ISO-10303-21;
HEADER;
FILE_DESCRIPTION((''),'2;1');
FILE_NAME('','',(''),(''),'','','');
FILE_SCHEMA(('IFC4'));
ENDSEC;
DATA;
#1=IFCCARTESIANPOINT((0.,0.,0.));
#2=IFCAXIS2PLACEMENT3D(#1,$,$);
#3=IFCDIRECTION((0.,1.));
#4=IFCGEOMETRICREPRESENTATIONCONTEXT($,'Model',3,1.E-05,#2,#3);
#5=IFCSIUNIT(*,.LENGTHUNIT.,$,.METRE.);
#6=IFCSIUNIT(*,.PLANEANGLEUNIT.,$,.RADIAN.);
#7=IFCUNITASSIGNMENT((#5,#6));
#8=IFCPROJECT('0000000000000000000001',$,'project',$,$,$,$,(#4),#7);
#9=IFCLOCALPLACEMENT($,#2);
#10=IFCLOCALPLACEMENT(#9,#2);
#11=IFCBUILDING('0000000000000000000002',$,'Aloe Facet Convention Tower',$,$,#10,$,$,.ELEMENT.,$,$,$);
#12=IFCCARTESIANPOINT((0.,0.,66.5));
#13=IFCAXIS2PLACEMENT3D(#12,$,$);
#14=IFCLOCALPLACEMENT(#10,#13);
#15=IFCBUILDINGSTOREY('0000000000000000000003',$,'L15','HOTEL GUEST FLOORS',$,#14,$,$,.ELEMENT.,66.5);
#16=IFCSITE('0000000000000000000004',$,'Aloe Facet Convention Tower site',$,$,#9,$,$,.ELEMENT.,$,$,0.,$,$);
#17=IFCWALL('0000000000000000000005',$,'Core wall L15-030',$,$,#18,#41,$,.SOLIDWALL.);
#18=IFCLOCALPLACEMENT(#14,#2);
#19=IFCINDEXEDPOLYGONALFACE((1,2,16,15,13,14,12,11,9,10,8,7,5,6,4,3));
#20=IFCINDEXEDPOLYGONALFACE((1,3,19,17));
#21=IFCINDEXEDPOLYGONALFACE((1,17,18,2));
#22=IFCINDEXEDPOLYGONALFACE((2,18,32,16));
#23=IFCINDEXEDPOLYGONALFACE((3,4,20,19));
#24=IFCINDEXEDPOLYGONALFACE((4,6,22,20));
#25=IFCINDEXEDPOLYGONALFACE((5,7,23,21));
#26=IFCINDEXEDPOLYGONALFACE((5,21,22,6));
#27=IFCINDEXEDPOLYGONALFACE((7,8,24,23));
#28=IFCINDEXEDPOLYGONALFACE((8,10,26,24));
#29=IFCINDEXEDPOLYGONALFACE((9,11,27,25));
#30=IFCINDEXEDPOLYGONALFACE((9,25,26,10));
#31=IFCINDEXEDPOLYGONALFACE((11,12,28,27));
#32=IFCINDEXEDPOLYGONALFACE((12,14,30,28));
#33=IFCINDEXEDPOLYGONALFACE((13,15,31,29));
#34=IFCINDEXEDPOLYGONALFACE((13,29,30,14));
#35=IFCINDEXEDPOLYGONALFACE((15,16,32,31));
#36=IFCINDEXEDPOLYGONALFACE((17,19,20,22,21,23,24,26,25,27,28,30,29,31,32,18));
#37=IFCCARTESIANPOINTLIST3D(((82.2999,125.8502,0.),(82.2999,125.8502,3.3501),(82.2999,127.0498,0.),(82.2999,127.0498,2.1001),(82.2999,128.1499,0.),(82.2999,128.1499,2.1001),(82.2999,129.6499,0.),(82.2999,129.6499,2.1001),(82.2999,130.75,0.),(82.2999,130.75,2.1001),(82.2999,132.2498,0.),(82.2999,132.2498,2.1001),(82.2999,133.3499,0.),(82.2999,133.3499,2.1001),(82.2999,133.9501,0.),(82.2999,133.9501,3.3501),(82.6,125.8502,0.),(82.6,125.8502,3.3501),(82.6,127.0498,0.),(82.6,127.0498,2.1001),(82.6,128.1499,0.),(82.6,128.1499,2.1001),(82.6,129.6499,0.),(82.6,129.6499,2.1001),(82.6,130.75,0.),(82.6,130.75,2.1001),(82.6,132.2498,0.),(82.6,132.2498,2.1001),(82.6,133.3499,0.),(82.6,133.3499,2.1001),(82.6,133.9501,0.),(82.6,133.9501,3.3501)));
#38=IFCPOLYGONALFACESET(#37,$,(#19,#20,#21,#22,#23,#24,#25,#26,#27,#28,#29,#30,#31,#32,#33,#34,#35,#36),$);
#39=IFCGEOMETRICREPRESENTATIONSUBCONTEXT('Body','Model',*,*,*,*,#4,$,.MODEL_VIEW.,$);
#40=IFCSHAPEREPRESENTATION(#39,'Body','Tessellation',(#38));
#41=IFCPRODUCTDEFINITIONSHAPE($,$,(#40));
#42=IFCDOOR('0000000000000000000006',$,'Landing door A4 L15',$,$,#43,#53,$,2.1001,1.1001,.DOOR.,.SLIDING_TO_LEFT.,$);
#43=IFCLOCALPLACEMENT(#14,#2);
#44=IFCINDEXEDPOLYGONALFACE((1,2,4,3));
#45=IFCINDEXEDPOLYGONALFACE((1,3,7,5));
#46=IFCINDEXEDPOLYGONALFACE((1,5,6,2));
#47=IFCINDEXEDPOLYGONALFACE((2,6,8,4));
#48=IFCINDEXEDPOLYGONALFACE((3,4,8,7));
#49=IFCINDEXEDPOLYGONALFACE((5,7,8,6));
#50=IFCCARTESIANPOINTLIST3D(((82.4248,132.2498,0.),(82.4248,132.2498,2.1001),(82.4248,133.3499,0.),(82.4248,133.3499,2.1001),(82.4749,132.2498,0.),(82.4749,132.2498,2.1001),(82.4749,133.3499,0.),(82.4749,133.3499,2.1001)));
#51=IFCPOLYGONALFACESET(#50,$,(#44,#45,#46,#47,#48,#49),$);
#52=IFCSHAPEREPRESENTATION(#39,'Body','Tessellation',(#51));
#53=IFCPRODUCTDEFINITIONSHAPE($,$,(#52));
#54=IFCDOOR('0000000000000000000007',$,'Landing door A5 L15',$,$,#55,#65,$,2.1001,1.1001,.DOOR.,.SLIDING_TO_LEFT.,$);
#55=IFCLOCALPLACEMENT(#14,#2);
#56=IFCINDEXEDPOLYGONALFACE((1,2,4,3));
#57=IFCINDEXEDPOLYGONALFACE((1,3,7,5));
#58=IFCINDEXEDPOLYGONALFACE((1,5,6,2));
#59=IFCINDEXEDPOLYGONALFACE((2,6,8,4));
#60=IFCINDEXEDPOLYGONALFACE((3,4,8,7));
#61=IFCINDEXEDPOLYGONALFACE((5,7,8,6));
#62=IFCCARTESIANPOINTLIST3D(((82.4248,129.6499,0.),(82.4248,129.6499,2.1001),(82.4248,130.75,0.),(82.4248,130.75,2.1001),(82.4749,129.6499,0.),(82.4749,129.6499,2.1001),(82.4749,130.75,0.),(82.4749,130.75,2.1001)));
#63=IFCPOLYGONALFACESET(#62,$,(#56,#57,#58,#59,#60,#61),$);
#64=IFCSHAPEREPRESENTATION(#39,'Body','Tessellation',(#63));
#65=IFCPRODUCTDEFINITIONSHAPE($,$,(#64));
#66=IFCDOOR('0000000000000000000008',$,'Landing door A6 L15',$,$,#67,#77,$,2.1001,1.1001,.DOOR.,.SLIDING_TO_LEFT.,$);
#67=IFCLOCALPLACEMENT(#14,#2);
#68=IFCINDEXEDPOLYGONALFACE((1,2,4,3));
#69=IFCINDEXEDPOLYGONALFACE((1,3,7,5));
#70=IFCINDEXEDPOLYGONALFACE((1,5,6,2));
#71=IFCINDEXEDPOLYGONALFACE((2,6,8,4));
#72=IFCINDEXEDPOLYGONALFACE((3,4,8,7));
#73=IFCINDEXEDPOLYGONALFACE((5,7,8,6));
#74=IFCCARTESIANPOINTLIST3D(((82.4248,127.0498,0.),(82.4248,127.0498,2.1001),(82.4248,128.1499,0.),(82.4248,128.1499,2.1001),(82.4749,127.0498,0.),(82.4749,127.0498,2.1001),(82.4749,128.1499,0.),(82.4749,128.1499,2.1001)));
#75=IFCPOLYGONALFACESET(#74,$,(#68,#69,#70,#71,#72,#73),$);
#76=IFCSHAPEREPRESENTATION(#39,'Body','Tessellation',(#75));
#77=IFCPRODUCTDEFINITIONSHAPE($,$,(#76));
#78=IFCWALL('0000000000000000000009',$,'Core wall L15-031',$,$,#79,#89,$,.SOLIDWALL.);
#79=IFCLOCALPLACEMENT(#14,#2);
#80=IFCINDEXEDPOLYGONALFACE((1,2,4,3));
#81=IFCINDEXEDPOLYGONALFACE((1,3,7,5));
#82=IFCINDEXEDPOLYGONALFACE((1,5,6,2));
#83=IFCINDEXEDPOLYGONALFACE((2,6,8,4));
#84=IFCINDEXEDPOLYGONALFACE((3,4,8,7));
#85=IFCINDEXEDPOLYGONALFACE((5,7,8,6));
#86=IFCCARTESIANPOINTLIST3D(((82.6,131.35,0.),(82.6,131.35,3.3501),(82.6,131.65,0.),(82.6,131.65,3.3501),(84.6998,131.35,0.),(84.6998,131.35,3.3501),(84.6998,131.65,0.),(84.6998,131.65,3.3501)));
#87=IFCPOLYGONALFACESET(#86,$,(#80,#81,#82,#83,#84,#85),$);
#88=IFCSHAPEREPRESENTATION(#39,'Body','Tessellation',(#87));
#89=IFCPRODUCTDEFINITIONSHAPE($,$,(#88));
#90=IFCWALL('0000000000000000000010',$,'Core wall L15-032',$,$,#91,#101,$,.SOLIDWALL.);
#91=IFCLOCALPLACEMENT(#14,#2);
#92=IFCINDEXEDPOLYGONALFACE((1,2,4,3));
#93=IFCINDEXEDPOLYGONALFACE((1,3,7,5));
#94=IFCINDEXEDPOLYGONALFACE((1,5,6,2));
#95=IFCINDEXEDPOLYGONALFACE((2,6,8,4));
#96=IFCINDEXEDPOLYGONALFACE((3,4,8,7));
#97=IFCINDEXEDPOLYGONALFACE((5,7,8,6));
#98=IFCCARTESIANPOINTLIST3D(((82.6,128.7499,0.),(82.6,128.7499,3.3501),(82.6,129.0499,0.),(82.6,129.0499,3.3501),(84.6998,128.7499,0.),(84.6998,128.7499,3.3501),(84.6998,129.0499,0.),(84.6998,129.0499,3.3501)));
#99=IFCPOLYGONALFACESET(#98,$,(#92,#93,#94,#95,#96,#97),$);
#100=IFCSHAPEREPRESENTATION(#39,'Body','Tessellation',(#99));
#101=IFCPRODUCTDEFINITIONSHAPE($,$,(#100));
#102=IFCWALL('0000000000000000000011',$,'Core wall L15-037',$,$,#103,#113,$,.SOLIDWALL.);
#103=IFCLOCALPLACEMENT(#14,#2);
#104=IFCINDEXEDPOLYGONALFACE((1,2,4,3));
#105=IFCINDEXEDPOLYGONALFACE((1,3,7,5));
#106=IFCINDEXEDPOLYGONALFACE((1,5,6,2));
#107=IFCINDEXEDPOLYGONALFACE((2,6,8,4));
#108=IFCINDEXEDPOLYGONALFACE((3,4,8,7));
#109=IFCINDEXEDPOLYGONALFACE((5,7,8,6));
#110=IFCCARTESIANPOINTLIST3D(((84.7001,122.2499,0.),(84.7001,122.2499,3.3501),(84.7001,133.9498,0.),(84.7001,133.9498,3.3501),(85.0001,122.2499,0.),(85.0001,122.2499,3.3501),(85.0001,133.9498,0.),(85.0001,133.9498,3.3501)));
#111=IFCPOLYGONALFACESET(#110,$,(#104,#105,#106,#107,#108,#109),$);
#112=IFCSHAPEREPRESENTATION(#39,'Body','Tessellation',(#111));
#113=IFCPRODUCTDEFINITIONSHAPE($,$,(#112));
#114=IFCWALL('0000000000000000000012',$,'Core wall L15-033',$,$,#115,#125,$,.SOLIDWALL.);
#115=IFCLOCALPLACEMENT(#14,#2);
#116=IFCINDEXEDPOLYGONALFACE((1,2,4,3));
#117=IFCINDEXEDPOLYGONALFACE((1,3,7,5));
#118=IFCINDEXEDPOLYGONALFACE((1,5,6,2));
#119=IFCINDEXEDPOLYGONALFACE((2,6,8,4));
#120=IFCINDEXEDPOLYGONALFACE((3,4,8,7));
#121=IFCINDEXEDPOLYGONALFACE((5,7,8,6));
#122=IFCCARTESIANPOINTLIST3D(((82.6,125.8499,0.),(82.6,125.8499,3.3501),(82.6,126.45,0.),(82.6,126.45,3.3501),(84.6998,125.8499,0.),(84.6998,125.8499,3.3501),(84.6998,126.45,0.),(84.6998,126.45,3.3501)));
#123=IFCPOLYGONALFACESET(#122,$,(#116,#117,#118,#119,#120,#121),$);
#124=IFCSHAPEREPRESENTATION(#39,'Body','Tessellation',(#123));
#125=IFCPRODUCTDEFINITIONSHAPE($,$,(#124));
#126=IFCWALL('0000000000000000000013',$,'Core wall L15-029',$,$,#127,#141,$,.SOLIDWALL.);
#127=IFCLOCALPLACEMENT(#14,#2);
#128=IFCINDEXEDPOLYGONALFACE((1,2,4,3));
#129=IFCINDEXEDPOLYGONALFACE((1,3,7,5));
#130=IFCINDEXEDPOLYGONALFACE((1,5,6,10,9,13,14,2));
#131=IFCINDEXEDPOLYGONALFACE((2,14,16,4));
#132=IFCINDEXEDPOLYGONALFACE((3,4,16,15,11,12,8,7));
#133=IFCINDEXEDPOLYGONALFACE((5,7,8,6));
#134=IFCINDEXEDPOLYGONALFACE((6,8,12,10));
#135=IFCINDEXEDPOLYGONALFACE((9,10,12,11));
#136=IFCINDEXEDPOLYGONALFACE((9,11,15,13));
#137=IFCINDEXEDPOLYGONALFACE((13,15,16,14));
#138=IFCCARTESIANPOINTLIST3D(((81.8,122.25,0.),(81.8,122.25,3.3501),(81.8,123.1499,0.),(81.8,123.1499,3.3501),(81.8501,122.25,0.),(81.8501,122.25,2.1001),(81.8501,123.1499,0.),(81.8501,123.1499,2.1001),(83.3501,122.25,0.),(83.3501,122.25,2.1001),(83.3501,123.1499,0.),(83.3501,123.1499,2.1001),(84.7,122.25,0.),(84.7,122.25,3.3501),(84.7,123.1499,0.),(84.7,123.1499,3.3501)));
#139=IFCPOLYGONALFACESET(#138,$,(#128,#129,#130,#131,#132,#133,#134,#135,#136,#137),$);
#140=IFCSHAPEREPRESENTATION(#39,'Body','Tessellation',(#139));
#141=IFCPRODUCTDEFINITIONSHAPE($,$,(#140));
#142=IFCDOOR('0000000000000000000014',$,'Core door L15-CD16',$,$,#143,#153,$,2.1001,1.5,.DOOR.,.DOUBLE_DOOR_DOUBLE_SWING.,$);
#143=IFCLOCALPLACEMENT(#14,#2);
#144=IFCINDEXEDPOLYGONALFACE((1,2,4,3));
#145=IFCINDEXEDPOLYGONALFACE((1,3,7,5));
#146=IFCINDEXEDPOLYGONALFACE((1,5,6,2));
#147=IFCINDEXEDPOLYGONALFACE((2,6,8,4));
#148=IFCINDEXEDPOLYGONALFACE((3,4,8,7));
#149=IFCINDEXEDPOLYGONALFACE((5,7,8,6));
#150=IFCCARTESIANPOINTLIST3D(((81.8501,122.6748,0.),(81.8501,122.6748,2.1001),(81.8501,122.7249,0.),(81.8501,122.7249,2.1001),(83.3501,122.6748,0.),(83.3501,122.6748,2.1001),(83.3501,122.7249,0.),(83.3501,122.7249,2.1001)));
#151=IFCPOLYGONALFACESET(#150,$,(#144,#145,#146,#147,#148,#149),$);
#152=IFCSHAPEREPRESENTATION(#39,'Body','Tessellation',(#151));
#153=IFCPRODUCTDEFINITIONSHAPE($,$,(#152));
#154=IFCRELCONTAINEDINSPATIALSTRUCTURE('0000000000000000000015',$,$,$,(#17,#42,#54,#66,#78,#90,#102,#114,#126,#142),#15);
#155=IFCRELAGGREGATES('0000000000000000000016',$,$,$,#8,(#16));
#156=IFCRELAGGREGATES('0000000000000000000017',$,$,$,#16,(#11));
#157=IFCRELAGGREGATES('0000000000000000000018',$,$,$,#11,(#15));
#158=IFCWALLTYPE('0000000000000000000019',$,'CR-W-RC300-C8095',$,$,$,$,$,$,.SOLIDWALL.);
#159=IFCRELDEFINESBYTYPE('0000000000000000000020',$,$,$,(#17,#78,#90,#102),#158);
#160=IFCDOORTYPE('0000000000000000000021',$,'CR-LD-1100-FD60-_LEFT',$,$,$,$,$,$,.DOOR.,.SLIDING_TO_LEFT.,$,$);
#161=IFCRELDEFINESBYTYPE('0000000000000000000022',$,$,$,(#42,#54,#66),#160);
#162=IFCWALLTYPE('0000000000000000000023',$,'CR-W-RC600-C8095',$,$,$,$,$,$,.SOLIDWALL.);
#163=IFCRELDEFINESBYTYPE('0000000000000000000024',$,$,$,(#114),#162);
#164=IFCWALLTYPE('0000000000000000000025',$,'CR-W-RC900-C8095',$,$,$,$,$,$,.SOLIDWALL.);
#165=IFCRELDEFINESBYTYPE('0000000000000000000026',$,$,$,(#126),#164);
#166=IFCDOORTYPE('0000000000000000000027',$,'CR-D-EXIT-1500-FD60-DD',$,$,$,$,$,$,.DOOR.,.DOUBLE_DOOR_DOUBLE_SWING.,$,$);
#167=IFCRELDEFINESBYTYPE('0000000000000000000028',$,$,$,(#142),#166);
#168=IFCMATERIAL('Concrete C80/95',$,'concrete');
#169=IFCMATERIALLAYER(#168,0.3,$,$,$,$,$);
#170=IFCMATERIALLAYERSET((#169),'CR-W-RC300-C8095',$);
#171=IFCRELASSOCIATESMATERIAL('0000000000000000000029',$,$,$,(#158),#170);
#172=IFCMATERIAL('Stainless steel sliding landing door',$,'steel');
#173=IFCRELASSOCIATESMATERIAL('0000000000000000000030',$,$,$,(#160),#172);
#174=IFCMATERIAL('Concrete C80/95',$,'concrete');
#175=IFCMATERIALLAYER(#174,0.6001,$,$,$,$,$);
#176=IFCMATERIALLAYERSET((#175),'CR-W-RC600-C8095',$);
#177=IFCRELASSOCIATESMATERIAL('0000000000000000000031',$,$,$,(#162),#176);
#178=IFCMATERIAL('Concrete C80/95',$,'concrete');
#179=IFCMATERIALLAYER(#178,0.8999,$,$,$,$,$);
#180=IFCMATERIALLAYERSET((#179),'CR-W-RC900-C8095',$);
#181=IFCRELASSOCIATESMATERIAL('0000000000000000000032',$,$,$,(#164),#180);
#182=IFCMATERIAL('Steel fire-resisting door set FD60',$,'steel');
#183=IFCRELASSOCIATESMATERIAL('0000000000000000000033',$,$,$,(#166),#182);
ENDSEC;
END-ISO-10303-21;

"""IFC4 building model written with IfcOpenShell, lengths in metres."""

from ifc_helpers import new_model, si_unit, direction, frame, frame_2d, origin, place, context, subcontext, project, spatial, rectangle, extrude, material, layer, layer_set, type_object, element, fill, save


model = new_model("IFC4")

# Units and contexts
model_context = context("Model", 3, precision=1e-05, world=origin(), true_north=direction((0.0, 1.0)))
body_context = subcontext(model_context, "Body", "Model", "MODEL_VIEW")
ifc_project = project(units=[si_unit("LENGTHUNIT", "METRE"), si_unit("PLANEANGLEUNIT", "RADIAN")], contexts=[model_context])

# Site, building, storey
site_placement = place(None, origin())
site = spatial("IfcSite", under=ifc_project, at=site_placement, Name="Aloe Facet Convention Tower site", CompositionType="ELEMENT", RefElevation=0.0)
building_placement = place(site_placement, origin())
building = spatial("IfcBuilding", under=site, at=building_placement, Name="Aloe Facet Convention Tower", CompositionType="ELEMENT")
storey_placement = place(building_placement, frame((0.0, 0.0, 66.5)))
storey = spatial("IfcBuildingStorey", under=building, at=storey_placement, Name="L15", Description="HOTEL GUEST FLOORS", CompositionType="ELEMENT", Elevation=66.5)

# Shared definitions
ifc_material_1 = material(Name="Concrete C80/95", Category="concrete")
ifc_layer_1 = layer(ifc_material_1, 0.3)
ifc_layer_set_1 = layer_set([ifc_layer_1], Name="CR-W-RC300-C8095")
wall_type_1 = type_object("IfcWallType", Name="CR-W-RC300-C8095", PredefinedType="SOLIDWALL", material=ifc_layer_set_1)

# Wall, openings, doors
wall_1_placement = place(storey_placement, frame((82.45, 133.95, 0.0), z_axis=(0.0, 0.0, 1.0), x_axis=(0.0, -1.0, 0.0)))
wall_1 = element("IfcWall", 1, at=wall_1_placement, inside=storey, type_object=wall_type_1, Name="Core wall L15-030", PredefinedType="SOLIDWALL", context=body_context, shape_type="SweptSolid", body=[
    extrude(rectangle(XDim=8.0999, YDim=0.3, at=frame_2d((4.0498, 0.0))), origin(), (0.0, 0.0, 1.0), 3.3501),
])
opening_1_placement = place(wall_1_placement, frame((0.6001, 0.0, 0.0)))
opening_1 = element("IfcOpeningElement", 2, at=opening_1_placement, cuts=wall_1, PredefinedType="OPENING", context=body_context, shape_type="SweptSolid", body=[
    extrude(rectangle(XDim=1.1001, YDim=2.1001, at=frame_2d((0.55, 1.05))), frame((0.0, 0.1602, 0.0), z_axis=(0.0, -1.0, 0.0), x_axis=(1.0, 0.0, 0.0)), (0.0, 0.0, 1.0), 0.3201),
])
opening_2_placement = place(wall_1_placement, frame((3.2, 0.0, 0.0)))
opening_2 = element("IfcOpeningElement", 3, at=opening_2_placement, cuts=wall_1, PredefinedType="OPENING", context=body_context, shape_type="SweptSolid", body=[
    extrude(rectangle(XDim=1.1001, YDim=2.1001, at=frame_2d((0.55, 1.05))), frame((0.0, 0.1602, 0.0), z_axis=(0.0, -1.0, 0.0), x_axis=(1.0, 0.0, 0.0)), (0.0, 0.0, 1.0), 0.3201),
])
opening_3_placement = place(wall_1_placement, frame((5.8, 0.0, 0.0)))
opening_3 = element("IfcOpeningElement", 4, at=opening_3_placement, cuts=wall_1, PredefinedType="OPENING", context=body_context, shape_type="SweptSolid", body=[
    extrude(rectangle(XDim=1.1001, YDim=2.1001, at=frame_2d((0.55, 1.05))), frame((0.0, 0.1602, 0.0), z_axis=(0.0, -1.0, 0.0), x_axis=(1.0, 0.0, 0.0)), (0.0, 0.0, 1.0), 0.3201),
])
ifc_material_2 = material(Name="Stainless steel sliding landing door", Category="steel")
door_type_1 = type_object("IfcDoorType", Name="CR-LD-1100-FD60-_LEFT", OperationType="SLIDING_TO_LEFT", PredefinedType="DOOR", material=ifc_material_2)
door_1_placement = place(opening_1_placement, origin())
door_1 = element("IfcDoor", 5, at=door_1_placement, inside=storey, type_object=door_type_1, Name="Landing door A4 L15", OperationType="SLIDING_TO_LEFT", OverallHeight=2.1001, OverallWidth=1.1001, PredefinedType="DOOR", context=body_context, shape_type="SweptSolid", body=[
    extrude(rectangle(XDim=1.1001, YDim=2.1001, at=frame_2d((0.55, 1.05))), frame((0.0, 0.0249, 0.0), z_axis=(0.0, -1.0, 0.0), x_axis=(1.0, 0.0, 0.0)), (0.0, 0.0, 1.0), 0.05),
])
fill(opening_1, door_1)
door_2_placement = place(opening_2_placement, origin())
door_2 = element("IfcDoor", 6, at=door_2_placement, inside=storey, type_object=door_type_1, Name="Landing door A5 L15", OperationType="SLIDING_TO_LEFT", OverallHeight=2.1001, OverallWidth=1.1001, PredefinedType="DOOR", context=body_context, shape_type="SweptSolid", body=[
    extrude(rectangle(XDim=1.1001, YDim=2.1001, at=frame_2d((0.55, 1.05))), frame((0.0, 0.0249, 0.0), z_axis=(0.0, -1.0, 0.0), x_axis=(1.0, 0.0, 0.0)), (0.0, 0.0, 1.0), 0.05),
])
fill(opening_2, door_2)
door_3_placement = place(opening_3_placement, origin())
door_3 = element("IfcDoor", 7, at=door_3_placement, inside=storey, type_object=door_type_1, Name="Landing door A6 L15", OperationType="SLIDING_TO_LEFT", OverallHeight=2.1001, OverallWidth=1.1001, PredefinedType="DOOR", context=body_context, shape_type="SweptSolid", body=[
    extrude(rectangle(XDim=1.1001, YDim=2.1001, at=frame_2d((0.55, 1.05))), frame((0.0, 0.0249, 0.0), z_axis=(0.0, -1.0, 0.0), x_axis=(1.0, 0.0, 0.0)), (0.0, 0.0, 1.0), 0.05),
])
fill(opening_3, door_3)

# Walls
for number, where, z_axis, x_axis, name in (
    (8, (82.6001, 131.5, 0.0), (0.0, 0.0, 1.0), (1.0, 0.0, 0.0), "Core wall L15-031"),
    (9, (82.6001, 128.8999, 0.0), (0.0, 0.0, 1.0), (1.0, 0.0, 0.0), "Core wall L15-032"),
):
    element("IfcWall", number, at=place(storey_placement, frame(where, z_axis=z_axis, x_axis=x_axis)), inside=storey, type_object=wall_type_1, Name=name, PredefinedType="SOLIDWALL", context=body_context, shape_type="SweptSolid", body=[
        extrude(rectangle(XDim=2.0999, YDim=0.3, at=frame_2d((1.0498, 0.0))), origin(), (0.0, 0.0, 1.0), 3.3501),
    ])
wall_2_placement = place(storey_placement, frame((84.8501, 133.95, 0.0), z_axis=(0.0, 0.0, 1.0), x_axis=(0.0, -1.0, 0.0)))
element("IfcWall", 10, at=wall_2_placement, inside=storey, type_object=wall_type_1, Name="Core wall L15-037", PredefinedType="SOLIDWALL", context=body_context, shape_type="SweptSolid", body=[
    extrude(rectangle(XDim=11.7, YDim=0.3, at=frame_2d((5.8501, 0.0))), origin(), (0.0, 0.0, 1.0), 3.3501),
])
ifc_material_3 = material(Name="Concrete C80/95", Category="concrete")
ifc_layer_2 = layer(ifc_material_3, 0.6001)
ifc_layer_set_2 = layer_set([ifc_layer_2], Name="CR-W-RC600-C8095")
wall_type_2 = type_object("IfcWallType", Name="CR-W-RC600-C8095", PredefinedType="SOLIDWALL", material=ifc_layer_set_2)
wall_3_placement = place(storey_placement, frame((82.6001, 126.1499, 0.0), z_axis=(0.0, 0.0, 1.0), x_axis=(1.0, 0.0, 0.0)))
element("IfcWall", 11, at=wall_3_placement, inside=storey, type_object=wall_type_2, Name="Core wall L15-033", PredefinedType="SOLIDWALL", context=body_context, shape_type="SweptSolid", body=[
    extrude(rectangle(XDim=2.0999, YDim=0.6001, at=frame_2d((1.0498, 0.0))), origin(), (0.0, 0.0, 1.0), 3.3501),
])

# Wall, opening, door
ifc_material_4 = material(Name="Concrete C80/95", Category="concrete")
ifc_layer_3 = layer(ifc_material_4, 0.8999)
ifc_layer_set_3 = layer_set([ifc_layer_3], Name="CR-W-RC900-C8095")
wall_type_3 = type_object("IfcWallType", Name="CR-W-RC900-C8095", PredefinedType="SOLIDWALL", material=ifc_layer_set_3)
wall_4_placement = place(storey_placement, frame((81.8, 122.7, 0.0), z_axis=(0.0, 0.0, 1.0), x_axis=(1.0, 0.0, 0.0)))
wall_4 = element("IfcWall", 12, at=wall_4_placement, inside=storey, type_object=wall_type_3, Name="Core wall L15-029", PredefinedType="SOLIDWALL", context=body_context, shape_type="SweptSolid", body=[
    extrude(rectangle(XDim=2.8999, YDim=0.8999, at=frame_2d((1.45, 0.0))), origin(), (0.0, 0.0, 1.0), 3.3501),
])
opening_4_placement = place(wall_4_placement, frame((0.05, 0.0, 0.0)))
opening_4 = element("IfcOpeningElement", 13, at=opening_4_placement, cuts=wall_4, PredefinedType="OPENING", context=body_context, shape_type="SweptSolid", body=[
    extrude(rectangle(XDim=1.5, YDim=2.1001, at=frame_2d((0.75, 1.05))), frame((0.0, 0.46, 0.0), z_axis=(0.0, -1.0, 0.0), x_axis=(1.0, 0.0, 0.0)), (0.0, 0.0, 1.0), 0.9199),
])
ifc_material_5 = material(Name="Steel fire-resisting door set FD60", Category="steel")
door_type_2 = type_object("IfcDoorType", Name="CR-D-EXIT-1500-FD60-DD", OperationType="DOUBLE_DOOR_DOUBLE_SWING", PredefinedType="DOOR", material=ifc_material_5)
door_4_placement = place(opening_4_placement, origin())
door_4 = element("IfcDoor", 14, at=door_4_placement, inside=storey, type_object=door_type_2, Name="Core door L15-CD16", OperationType="DOUBLE_DOOR_DOUBLE_SWING", OverallHeight=2.1001, OverallWidth=1.5, PredefinedType="DOOR", context=body_context, shape_type="SweptSolid", body=[
    extrude(rectangle(XDim=1.5, YDim=2.1001, at=frame_2d((0.75, 1.05))), frame((0.0, 0.0249, 0.0), z_axis=(0.0, -1.0, 0.0), x_axis=(1.0, 0.0, 0.0)), (0.0, 0.0, 1.0), 0.05),
])
fill(opening_4, door_4)

save(model, "model.ifc")
